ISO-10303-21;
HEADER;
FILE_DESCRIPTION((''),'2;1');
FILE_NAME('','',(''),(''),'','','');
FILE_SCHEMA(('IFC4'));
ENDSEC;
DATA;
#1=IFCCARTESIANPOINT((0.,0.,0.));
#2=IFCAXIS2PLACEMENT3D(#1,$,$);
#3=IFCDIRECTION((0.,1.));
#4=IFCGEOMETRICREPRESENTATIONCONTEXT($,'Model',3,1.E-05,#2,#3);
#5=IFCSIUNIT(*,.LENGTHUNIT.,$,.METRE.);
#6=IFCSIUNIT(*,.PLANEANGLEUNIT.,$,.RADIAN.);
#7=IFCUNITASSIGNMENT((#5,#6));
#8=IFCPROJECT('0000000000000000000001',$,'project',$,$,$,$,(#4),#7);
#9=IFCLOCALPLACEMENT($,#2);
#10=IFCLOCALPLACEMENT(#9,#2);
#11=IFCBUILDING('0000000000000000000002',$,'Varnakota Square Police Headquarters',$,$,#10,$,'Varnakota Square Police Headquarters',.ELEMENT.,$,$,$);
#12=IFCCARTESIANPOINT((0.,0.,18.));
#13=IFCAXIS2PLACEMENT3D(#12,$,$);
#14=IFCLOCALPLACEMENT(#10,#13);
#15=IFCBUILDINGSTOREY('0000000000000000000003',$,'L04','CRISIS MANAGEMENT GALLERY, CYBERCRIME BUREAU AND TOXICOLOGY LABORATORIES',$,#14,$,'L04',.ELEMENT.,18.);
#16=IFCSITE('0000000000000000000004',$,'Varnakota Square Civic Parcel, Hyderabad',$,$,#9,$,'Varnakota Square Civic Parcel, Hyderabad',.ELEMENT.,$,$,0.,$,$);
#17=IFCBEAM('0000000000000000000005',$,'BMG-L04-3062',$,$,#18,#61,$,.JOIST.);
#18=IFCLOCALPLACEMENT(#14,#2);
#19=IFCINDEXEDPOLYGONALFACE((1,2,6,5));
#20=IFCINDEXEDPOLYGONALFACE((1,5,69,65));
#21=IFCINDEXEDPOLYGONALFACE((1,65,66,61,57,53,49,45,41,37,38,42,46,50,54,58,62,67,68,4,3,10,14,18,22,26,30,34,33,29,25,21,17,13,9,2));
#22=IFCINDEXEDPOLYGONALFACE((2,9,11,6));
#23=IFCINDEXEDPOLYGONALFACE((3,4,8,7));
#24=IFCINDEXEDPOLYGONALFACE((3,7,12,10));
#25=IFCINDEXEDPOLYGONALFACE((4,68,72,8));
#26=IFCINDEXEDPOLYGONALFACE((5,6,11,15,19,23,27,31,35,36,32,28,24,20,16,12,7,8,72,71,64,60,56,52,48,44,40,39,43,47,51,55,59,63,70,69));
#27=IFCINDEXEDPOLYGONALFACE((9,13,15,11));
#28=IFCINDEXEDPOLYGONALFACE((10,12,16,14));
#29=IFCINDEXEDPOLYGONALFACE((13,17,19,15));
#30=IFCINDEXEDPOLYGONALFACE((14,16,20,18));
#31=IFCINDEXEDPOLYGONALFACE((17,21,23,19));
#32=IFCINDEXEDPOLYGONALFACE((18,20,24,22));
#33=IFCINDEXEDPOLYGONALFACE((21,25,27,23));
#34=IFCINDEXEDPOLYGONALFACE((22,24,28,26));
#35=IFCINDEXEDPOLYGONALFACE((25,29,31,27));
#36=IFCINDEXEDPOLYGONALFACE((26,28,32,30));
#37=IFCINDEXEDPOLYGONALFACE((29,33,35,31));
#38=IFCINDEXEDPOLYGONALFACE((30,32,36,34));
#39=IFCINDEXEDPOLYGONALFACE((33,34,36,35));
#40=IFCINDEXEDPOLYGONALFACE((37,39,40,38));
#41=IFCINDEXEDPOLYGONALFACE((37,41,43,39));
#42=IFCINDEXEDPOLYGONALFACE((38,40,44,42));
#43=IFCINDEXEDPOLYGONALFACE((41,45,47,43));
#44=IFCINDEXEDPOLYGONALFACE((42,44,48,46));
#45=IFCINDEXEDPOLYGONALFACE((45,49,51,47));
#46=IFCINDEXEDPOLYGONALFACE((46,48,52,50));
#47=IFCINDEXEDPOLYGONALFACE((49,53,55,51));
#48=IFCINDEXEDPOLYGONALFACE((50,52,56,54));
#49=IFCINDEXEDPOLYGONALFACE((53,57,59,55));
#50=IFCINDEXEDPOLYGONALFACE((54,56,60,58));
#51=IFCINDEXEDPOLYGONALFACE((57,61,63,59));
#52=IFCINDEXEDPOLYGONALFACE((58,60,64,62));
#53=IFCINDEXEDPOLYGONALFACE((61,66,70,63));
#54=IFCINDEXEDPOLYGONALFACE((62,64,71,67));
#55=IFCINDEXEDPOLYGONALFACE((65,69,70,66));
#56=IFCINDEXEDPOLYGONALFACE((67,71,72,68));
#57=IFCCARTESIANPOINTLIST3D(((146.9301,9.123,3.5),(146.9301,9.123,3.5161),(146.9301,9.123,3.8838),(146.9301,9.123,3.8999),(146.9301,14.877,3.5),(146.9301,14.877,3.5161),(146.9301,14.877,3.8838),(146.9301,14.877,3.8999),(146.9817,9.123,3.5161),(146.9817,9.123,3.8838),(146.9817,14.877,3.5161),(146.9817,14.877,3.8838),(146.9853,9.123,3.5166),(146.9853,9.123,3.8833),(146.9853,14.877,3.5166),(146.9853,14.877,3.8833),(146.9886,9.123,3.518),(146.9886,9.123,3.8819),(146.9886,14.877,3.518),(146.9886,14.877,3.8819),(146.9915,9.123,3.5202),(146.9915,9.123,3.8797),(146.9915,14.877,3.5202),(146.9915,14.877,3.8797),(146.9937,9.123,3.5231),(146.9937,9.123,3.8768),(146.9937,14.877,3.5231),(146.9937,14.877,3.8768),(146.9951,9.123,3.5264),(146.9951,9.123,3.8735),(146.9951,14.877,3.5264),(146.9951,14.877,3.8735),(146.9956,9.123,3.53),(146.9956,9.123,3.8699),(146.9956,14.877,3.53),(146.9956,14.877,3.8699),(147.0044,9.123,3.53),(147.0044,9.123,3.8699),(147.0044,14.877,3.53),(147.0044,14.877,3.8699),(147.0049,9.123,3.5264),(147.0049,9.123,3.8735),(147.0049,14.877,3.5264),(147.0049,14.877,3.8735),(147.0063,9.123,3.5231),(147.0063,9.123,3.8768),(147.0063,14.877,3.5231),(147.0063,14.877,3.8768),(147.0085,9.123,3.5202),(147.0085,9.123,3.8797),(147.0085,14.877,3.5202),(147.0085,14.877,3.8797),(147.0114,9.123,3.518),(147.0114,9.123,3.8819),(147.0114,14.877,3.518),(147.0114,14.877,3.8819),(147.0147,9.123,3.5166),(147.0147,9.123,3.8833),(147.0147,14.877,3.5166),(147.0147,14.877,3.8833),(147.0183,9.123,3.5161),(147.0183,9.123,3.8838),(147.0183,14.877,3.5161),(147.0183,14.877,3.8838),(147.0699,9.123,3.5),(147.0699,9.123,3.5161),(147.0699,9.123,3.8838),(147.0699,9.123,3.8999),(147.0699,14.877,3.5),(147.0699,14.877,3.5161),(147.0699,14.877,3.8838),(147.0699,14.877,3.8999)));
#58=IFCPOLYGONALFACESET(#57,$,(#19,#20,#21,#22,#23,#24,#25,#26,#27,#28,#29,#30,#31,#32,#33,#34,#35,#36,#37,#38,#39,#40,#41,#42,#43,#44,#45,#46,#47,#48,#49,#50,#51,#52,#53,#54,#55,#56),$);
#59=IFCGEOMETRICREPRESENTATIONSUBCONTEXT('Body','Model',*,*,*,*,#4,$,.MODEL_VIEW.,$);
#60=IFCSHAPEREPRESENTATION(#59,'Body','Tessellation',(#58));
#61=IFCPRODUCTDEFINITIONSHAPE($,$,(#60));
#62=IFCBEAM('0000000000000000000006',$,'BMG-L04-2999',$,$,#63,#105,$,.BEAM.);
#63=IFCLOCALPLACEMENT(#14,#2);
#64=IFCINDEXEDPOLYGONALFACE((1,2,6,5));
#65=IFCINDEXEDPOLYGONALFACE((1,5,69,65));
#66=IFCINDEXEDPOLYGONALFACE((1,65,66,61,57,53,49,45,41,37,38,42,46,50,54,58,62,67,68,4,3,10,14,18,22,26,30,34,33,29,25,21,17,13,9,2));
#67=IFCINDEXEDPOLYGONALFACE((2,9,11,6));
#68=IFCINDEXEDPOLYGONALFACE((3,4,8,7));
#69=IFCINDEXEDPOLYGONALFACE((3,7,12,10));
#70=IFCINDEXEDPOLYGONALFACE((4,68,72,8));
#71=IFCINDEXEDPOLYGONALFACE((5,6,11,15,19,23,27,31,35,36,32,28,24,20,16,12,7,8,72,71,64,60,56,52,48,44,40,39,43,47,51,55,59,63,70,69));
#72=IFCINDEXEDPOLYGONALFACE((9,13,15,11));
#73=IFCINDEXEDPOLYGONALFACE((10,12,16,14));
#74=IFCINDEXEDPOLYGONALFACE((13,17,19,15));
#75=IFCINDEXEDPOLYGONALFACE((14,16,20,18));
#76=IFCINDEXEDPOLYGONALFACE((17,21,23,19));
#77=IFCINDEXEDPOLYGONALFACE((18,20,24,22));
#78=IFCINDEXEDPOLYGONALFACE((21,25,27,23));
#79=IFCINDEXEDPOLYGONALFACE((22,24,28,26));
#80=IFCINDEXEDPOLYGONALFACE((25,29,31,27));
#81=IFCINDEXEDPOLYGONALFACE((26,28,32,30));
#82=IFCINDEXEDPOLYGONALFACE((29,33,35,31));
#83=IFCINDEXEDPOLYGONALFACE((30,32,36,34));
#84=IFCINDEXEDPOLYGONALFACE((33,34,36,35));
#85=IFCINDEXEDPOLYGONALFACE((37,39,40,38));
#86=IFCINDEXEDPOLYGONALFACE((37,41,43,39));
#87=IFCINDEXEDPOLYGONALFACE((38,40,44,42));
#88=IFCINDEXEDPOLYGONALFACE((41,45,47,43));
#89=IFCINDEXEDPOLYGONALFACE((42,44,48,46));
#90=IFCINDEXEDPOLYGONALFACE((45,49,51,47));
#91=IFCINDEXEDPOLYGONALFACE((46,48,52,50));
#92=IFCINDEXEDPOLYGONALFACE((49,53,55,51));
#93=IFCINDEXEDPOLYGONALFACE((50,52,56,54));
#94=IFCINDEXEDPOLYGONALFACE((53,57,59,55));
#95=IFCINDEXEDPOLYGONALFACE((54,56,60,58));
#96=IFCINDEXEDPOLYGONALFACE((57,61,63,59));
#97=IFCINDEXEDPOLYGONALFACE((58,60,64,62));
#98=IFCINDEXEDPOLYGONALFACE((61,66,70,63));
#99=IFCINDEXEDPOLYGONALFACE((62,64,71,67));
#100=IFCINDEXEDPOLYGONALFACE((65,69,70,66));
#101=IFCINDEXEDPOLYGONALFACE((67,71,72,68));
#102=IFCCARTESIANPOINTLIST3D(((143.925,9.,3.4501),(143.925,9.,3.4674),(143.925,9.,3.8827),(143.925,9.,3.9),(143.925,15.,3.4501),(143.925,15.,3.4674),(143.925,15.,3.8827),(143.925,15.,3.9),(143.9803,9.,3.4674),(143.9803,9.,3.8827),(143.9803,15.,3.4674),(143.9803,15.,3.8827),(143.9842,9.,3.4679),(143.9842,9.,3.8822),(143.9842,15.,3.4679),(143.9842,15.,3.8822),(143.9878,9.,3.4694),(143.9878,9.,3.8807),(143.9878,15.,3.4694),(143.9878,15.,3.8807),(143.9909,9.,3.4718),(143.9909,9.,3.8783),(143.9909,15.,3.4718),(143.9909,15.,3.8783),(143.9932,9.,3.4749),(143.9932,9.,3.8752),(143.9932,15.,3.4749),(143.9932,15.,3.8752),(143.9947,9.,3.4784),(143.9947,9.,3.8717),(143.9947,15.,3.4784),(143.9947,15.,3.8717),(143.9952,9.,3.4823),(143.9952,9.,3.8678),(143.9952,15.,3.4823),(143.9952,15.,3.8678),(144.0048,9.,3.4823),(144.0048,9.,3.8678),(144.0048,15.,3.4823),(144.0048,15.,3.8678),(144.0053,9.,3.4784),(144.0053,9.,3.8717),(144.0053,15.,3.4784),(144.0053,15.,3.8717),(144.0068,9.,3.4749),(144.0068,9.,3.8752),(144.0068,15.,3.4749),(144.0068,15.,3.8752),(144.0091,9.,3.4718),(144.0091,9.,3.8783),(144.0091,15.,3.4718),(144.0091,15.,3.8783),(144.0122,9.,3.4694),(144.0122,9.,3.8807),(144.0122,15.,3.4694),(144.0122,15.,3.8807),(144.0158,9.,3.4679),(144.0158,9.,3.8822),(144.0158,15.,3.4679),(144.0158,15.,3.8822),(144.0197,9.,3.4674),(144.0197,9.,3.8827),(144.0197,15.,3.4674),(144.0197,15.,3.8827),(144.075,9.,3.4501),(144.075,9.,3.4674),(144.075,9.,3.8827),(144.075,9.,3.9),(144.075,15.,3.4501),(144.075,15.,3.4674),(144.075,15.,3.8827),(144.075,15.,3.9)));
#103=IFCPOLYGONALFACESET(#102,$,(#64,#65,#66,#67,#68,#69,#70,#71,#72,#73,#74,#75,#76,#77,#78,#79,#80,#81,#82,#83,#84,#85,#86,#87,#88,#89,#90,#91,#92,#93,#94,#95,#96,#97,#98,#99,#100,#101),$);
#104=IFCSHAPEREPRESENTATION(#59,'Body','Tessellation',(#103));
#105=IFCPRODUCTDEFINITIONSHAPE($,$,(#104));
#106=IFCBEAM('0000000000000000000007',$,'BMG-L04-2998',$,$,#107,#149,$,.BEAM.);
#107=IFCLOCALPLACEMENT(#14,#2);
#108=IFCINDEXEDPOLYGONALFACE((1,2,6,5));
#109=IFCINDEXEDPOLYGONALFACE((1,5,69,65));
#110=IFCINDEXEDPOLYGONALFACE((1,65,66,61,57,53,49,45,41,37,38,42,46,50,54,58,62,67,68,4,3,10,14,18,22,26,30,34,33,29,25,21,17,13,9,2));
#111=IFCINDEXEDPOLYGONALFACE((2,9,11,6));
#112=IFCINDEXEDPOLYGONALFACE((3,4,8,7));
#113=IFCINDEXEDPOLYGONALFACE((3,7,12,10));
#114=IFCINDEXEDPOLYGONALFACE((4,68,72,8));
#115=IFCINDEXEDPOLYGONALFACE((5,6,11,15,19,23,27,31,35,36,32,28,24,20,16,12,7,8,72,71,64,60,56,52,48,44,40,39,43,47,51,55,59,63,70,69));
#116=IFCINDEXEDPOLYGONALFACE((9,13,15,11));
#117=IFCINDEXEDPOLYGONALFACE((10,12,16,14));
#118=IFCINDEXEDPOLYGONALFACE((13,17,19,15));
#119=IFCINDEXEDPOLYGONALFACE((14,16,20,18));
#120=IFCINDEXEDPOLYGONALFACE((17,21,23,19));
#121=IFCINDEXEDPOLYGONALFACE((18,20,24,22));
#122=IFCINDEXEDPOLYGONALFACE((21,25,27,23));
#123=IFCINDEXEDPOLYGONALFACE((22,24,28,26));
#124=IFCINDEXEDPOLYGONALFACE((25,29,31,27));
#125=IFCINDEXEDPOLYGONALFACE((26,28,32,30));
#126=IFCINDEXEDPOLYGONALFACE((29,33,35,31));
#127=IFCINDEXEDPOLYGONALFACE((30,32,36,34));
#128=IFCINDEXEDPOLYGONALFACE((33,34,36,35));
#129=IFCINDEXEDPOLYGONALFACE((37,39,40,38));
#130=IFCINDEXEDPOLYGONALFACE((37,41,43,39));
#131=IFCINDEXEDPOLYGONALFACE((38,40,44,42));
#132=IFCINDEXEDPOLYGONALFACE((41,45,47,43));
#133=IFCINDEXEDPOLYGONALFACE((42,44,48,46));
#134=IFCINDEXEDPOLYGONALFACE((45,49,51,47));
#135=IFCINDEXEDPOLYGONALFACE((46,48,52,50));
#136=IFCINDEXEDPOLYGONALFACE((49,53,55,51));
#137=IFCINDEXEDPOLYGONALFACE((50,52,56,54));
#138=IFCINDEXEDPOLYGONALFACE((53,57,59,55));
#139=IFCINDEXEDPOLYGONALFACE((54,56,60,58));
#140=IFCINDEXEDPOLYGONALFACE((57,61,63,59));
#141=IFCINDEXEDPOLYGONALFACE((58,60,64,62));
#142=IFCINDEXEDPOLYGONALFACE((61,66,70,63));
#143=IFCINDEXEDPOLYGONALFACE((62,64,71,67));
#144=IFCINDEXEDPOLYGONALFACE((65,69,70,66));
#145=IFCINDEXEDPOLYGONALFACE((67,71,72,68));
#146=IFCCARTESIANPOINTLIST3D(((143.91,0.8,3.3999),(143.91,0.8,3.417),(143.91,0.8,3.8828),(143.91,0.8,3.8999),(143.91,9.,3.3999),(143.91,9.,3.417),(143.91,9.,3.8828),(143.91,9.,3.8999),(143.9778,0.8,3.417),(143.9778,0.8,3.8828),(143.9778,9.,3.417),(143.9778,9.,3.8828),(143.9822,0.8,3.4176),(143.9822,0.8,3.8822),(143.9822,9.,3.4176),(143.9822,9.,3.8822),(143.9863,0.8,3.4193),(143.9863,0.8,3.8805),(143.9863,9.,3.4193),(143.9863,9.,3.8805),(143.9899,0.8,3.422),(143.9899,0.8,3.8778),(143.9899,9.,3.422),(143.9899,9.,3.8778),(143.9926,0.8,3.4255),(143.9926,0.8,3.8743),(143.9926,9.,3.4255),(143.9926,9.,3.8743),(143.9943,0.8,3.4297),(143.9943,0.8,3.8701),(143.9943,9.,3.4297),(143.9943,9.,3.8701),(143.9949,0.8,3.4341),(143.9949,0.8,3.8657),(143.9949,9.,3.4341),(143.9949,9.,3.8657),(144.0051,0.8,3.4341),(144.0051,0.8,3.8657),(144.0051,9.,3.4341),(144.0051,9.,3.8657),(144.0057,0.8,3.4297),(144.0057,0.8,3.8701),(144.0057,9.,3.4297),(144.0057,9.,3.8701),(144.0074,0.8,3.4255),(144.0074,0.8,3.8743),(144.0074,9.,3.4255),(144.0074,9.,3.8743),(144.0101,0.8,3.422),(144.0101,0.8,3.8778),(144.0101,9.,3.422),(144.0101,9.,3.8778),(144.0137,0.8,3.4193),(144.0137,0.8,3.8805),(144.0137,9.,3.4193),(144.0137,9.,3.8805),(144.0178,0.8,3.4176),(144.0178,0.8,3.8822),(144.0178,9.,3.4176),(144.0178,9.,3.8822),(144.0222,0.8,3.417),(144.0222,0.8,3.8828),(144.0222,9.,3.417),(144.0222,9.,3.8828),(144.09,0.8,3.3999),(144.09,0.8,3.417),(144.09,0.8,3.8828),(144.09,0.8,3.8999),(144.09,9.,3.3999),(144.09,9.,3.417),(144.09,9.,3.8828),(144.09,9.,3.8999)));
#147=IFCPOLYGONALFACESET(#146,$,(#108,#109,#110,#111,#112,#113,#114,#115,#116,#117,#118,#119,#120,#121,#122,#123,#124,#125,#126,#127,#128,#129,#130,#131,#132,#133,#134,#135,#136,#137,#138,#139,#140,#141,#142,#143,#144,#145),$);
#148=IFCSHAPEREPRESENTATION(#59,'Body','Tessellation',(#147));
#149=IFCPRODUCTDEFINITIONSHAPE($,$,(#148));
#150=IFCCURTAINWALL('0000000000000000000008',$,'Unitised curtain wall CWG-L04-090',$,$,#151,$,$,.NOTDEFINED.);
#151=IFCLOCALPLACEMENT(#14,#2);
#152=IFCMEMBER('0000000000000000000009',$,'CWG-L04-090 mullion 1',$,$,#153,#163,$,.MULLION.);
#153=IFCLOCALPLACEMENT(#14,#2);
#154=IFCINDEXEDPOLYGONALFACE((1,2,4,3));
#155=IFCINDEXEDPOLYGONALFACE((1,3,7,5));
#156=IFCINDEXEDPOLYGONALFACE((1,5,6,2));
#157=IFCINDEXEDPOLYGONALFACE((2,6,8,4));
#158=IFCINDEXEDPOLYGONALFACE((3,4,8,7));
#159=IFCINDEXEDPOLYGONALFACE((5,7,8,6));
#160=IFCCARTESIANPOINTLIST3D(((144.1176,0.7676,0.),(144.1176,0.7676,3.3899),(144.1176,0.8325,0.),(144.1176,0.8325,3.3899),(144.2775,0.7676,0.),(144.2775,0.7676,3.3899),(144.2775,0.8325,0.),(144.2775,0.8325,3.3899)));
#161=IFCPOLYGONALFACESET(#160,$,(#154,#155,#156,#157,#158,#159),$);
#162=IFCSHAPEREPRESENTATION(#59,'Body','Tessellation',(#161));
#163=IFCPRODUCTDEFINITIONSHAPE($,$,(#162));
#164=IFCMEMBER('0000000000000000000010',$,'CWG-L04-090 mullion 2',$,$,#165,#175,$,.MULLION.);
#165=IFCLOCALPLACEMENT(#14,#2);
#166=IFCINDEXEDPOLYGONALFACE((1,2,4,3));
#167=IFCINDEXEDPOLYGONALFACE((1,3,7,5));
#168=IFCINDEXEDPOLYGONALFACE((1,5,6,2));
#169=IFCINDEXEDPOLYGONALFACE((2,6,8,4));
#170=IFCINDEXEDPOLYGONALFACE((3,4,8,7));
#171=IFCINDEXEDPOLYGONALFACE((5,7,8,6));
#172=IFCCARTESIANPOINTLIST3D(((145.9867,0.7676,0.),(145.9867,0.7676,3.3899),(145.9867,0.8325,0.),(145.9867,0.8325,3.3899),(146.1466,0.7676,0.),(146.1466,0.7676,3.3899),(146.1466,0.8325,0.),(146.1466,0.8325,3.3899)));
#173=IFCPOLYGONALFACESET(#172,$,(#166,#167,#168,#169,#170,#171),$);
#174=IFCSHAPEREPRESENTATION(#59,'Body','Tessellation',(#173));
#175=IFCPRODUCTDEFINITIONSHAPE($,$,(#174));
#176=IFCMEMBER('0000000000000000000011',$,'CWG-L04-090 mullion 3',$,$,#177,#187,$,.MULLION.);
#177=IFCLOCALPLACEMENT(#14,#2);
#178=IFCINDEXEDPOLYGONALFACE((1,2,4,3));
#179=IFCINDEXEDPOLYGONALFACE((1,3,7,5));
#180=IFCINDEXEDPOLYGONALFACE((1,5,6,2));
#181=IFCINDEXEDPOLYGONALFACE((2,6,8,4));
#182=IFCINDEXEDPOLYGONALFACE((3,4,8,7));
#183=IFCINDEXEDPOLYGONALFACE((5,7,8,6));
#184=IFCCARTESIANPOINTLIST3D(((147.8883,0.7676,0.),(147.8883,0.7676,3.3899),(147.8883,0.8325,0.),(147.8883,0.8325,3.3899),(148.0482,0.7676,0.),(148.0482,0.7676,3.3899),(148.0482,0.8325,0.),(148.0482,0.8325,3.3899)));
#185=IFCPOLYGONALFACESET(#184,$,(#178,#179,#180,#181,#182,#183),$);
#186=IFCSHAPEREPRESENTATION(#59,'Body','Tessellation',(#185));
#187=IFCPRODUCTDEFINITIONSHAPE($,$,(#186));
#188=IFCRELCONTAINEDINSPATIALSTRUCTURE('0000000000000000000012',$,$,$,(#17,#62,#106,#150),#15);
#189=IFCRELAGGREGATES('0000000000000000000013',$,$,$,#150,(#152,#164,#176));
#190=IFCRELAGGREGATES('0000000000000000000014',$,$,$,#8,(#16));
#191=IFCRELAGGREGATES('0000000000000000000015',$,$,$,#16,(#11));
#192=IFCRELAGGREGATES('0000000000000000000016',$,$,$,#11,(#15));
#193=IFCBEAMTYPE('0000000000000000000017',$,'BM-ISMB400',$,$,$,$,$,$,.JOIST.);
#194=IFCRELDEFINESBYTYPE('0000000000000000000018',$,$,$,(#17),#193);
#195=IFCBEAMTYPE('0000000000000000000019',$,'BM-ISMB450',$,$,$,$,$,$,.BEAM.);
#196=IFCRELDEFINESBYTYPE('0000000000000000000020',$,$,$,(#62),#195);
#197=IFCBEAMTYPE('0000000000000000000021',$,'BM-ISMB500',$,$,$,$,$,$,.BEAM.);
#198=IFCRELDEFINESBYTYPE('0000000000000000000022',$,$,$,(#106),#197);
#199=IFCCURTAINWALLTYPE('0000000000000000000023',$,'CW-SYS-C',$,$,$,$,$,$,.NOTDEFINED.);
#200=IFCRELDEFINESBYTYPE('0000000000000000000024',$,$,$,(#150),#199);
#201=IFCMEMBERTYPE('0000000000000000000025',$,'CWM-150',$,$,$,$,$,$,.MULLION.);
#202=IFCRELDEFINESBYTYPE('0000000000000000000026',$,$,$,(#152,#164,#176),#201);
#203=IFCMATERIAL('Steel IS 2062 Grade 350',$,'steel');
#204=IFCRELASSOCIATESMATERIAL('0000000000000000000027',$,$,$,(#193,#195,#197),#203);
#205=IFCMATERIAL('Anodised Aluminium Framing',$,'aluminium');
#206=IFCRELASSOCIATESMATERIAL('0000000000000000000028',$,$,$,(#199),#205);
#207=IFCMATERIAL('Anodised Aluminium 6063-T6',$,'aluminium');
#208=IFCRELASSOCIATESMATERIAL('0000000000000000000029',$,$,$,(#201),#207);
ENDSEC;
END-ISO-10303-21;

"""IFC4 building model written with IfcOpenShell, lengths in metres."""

from ifc_helpers import new_model, si_unit, direction, frame, origin, origin_2d, place, context, subcontext, project, spatial, rectangle, i_section, extrude, material, material_profile, profile_set, type_object, element, aggregate, save


model = new_model("IFC4")

# Units and contexts
model_context = context("Model", 3, precision=1e-05, world=origin(), true_north=direction((0.0, 1.0)))
body_context = subcontext(model_context, "Body", "Model", "MODEL_VIEW")
ifc_project = project(units=[si_unit("LENGTHUNIT", "METRE"), si_unit("PLANEANGLEUNIT", "RADIAN")], contexts=[model_context])

# Site, building, storey
site_placement = place(None, origin())
site = spatial("IfcSite", under=ifc_project, at=site_placement, Name="Varnakota Square Civic Parcel, Hyderabad", LongName="Varnakota Square Civic Parcel, Hyderabad", CompositionType="ELEMENT", RefElevation=0.0)
building_placement = place(site_placement, origin())
building = spatial("IfcBuilding", under=site, at=building_placement, Name="Varnakota Square Police Headquarters", LongName="Varnakota Square Police Headquarters", CompositionType="ELEMENT")
storey_placement = place(building_placement, frame((0.0, 0.0, 18.0)))
storey = spatial("IfcBuildingStorey", under=building, at=storey_placement, Name="L04", Description="CRISIS MANAGEMENT GALLERY, CYBERCRIME BUREAU AND TOXICOLOGY LABORATORIES", LongName="L04", CompositionType="ELEMENT", Elevation=18.0)

# Shared definitions
ifc_material_1 = material(Name="Steel IS 2062 Grade 350", Category="steel")

# Beams
ifc_material_profile_1 = material_profile(ifc_material_1, i_section(OverallWidth=0.1399, OverallDepth=0.3999, WebThickness=0.0088, FlangeThickness=0.0161, FilletRadius=0.0139, at=origin_2d()), Name="ISMB 400")
ifc_profile_set_1 = profile_set([ifc_material_profile_1], Name="Steel IS 2062 Grade 350")
beam_type_1 = type_object("IfcBeamType", Name="BM-ISMB400", PredefinedType="JOIST", material=ifc_profile_set_1)
beam_1_placement = place(storey_placement, frame((147.0, 9.123, 3.7), z_axis=(0.0, 1.0, 0.0), x_axis=(-1.0, 0.0, 0.0)))
element("IfcBeam", 1, at=beam_1_placement, inside=storey, type_object=beam_type_1, Name="BMG-L04-3062", PredefinedType="JOIST", context=body_context, shape_type="SweptSolid", body=[
    extrude(i_section(OverallWidth=0.1399, OverallDepth=0.3999, WebThickness=0.0088, FlangeThickness=0.0161, FilletRadius=0.0139, at=origin_2d()), origin(), (0.0, 0.0, 1.0), 5.7539),
])
ifc_material_profile_2 = material_profile(ifc_material_1, i_section(OverallWidth=0.1499, OverallDepth=0.45, WebThickness=0.0095, FlangeThickness=0.0173, FilletRadius=0.0149, at=origin_2d()), Name="ISMB 450")
ifc_profile_set_2 = profile_set([ifc_material_profile_2], Name="Steel IS 2062 Grade 350")
beam_type_2 = type_object("IfcBeamType", Name="BM-ISMB450", PredefinedType="BEAM", material=ifc_profile_set_2)
beam_2_placement = place(storey_placement, frame((144.0, 9.0, 3.675), z_axis=(0.0, 1.0, 0.0), x_axis=(-1.0, 0.0, 0.0)))
element("IfcBeam", 2, at=beam_2_placement, inside=storey, type_object=beam_type_2, Name="BMG-L04-2999", PredefinedType="BEAM", context=body_context, shape_type="SweptSolid", body=[
    extrude(i_section(OverallWidth=0.1499, OverallDepth=0.45, WebThickness=0.0095, FlangeThickness=0.0173, FilletRadius=0.0149, at=origin_2d()), origin(), (0.0, 0.0, 1.0), 6.0),
])
ifc_material_profile_3 = material_profile(ifc_material_1, i_section(OverallWidth=0.1799, OverallDepth=0.5, WebThickness=0.0103, FlangeThickness=0.0171, FilletRadius=0.0171, at=origin_2d()), Name="ISMB 500")
ifc_profile_set_3 = profile_set([ifc_material_profile_3], Name="Steel IS 2062 Grade 350")
beam_type_3 = type_object("IfcBeamType", Name="BM-ISMB500", PredefinedType="BEAM", material=ifc_profile_set_3)
beam_3_placement = place(storey_placement, frame((144.0, 0.8, 3.6499), z_axis=(0.0, 1.0, 0.0), x_axis=(-1.0, 0.0, 0.0)))
element("IfcBeam", 3, at=beam_3_placement, inside=storey, type_object=beam_type_3, Name="BMG-L04-2998", PredefinedType="BEAM", context=body_context, shape_type="SweptSolid", body=[
    extrude(i_section(OverallWidth=0.1799, OverallDepth=0.5, WebThickness=0.0103, FlangeThickness=0.0171, FilletRadius=0.0171, at=origin_2d()), origin(), (0.0, 0.0, 1.0), 8.2),
])

# Curtain wall, members
ifc_material_2 = material(Name="Anodised Aluminium Framing", Category="aluminium")
curtain_wall_type = type_object("IfcCurtainWallType", Name="CW-SYS-C", PredefinedType="NOTDEFINED", material=ifc_material_2)
curtain_wall_placement = place(storey_placement, origin())
curtain_wall = element("IfcCurtainWall", 4, at=curtain_wall_placement, inside=storey, type_object=curtain_wall_type, Name="Unitised curtain wall CWG-L04-090", PredefinedType="NOTDEFINED")
ifc_material_3 = material(Name="Anodised Aluminium 6063-T6", Category="aluminium")
ifc_material_profile_4 = material_profile(ifc_material_3, rectangle(XDim=0.0649, YDim=0.1599, at=origin_2d()), Name="ALU MULLION 65x160")
ifc_profile_set_4 = profile_set([ifc_material_profile_4], Name="Anodised Aluminium 6063-T6")
member_type_1 = type_object("IfcMemberType", Name="CWM-150", PredefinedType="MULLION", material=ifc_profile_set_4)
member_1_placement = place(storey_placement, frame((144.1975, 0.8, 0.0), z_axis=(0.0, 0.0, 1.0), x_axis=(0.0, 1.0, 0.0)))
member_1 = element("IfcMember", 5, at=member_1_placement, type_object=member_type_1, Name="CWG-L04-090 mullion 1", PredefinedType="MULLION", context=body_context, shape_type="SweptSolid", body=[
    extrude(rectangle(XDim=0.0649, YDim=0.1599, at=origin_2d()), origin(), (0.0, 0.0, 1.0), 3.3899),
])
member_2_placement = place(storey_placement, frame((146.0667, 0.8, 0.0), z_axis=(0.0, 0.0, 1.0), x_axis=(0.0, 1.0, 0.0)))
member_2 = element("IfcMember", 6, at=member_2_placement, type_object=member_type_1, Name="CWG-L04-090 mullion 2", PredefinedType="MULLION", context=body_context, shape_type="SweptSolid", body=[
    extrude(rectangle(XDim=0.0649, YDim=0.1599, at=origin_2d()), origin(), (0.0, 0.0, 1.0), 3.3899),
])
member_3_placement = place(storey_placement, frame((147.9683, 0.8, 0.0), z_axis=(0.0, 0.0, 1.0), x_axis=(0.0, 1.0, 0.0)))
member_3 = element("IfcMember", 7, at=member_3_placement, type_object=member_type_1, Name="CWG-L04-090 mullion 3", PredefinedType="MULLION", context=body_context, shape_type="SweptSolid", body=[
    extrude(rectangle(XDim=0.0649, YDim=0.1599, at=origin_2d()), origin(), (0.0, 0.0, 1.0), 3.3899),
])
aggregate(curtain_wall, [member_1, member_2, member_3])

save(model, "model.ifc")
